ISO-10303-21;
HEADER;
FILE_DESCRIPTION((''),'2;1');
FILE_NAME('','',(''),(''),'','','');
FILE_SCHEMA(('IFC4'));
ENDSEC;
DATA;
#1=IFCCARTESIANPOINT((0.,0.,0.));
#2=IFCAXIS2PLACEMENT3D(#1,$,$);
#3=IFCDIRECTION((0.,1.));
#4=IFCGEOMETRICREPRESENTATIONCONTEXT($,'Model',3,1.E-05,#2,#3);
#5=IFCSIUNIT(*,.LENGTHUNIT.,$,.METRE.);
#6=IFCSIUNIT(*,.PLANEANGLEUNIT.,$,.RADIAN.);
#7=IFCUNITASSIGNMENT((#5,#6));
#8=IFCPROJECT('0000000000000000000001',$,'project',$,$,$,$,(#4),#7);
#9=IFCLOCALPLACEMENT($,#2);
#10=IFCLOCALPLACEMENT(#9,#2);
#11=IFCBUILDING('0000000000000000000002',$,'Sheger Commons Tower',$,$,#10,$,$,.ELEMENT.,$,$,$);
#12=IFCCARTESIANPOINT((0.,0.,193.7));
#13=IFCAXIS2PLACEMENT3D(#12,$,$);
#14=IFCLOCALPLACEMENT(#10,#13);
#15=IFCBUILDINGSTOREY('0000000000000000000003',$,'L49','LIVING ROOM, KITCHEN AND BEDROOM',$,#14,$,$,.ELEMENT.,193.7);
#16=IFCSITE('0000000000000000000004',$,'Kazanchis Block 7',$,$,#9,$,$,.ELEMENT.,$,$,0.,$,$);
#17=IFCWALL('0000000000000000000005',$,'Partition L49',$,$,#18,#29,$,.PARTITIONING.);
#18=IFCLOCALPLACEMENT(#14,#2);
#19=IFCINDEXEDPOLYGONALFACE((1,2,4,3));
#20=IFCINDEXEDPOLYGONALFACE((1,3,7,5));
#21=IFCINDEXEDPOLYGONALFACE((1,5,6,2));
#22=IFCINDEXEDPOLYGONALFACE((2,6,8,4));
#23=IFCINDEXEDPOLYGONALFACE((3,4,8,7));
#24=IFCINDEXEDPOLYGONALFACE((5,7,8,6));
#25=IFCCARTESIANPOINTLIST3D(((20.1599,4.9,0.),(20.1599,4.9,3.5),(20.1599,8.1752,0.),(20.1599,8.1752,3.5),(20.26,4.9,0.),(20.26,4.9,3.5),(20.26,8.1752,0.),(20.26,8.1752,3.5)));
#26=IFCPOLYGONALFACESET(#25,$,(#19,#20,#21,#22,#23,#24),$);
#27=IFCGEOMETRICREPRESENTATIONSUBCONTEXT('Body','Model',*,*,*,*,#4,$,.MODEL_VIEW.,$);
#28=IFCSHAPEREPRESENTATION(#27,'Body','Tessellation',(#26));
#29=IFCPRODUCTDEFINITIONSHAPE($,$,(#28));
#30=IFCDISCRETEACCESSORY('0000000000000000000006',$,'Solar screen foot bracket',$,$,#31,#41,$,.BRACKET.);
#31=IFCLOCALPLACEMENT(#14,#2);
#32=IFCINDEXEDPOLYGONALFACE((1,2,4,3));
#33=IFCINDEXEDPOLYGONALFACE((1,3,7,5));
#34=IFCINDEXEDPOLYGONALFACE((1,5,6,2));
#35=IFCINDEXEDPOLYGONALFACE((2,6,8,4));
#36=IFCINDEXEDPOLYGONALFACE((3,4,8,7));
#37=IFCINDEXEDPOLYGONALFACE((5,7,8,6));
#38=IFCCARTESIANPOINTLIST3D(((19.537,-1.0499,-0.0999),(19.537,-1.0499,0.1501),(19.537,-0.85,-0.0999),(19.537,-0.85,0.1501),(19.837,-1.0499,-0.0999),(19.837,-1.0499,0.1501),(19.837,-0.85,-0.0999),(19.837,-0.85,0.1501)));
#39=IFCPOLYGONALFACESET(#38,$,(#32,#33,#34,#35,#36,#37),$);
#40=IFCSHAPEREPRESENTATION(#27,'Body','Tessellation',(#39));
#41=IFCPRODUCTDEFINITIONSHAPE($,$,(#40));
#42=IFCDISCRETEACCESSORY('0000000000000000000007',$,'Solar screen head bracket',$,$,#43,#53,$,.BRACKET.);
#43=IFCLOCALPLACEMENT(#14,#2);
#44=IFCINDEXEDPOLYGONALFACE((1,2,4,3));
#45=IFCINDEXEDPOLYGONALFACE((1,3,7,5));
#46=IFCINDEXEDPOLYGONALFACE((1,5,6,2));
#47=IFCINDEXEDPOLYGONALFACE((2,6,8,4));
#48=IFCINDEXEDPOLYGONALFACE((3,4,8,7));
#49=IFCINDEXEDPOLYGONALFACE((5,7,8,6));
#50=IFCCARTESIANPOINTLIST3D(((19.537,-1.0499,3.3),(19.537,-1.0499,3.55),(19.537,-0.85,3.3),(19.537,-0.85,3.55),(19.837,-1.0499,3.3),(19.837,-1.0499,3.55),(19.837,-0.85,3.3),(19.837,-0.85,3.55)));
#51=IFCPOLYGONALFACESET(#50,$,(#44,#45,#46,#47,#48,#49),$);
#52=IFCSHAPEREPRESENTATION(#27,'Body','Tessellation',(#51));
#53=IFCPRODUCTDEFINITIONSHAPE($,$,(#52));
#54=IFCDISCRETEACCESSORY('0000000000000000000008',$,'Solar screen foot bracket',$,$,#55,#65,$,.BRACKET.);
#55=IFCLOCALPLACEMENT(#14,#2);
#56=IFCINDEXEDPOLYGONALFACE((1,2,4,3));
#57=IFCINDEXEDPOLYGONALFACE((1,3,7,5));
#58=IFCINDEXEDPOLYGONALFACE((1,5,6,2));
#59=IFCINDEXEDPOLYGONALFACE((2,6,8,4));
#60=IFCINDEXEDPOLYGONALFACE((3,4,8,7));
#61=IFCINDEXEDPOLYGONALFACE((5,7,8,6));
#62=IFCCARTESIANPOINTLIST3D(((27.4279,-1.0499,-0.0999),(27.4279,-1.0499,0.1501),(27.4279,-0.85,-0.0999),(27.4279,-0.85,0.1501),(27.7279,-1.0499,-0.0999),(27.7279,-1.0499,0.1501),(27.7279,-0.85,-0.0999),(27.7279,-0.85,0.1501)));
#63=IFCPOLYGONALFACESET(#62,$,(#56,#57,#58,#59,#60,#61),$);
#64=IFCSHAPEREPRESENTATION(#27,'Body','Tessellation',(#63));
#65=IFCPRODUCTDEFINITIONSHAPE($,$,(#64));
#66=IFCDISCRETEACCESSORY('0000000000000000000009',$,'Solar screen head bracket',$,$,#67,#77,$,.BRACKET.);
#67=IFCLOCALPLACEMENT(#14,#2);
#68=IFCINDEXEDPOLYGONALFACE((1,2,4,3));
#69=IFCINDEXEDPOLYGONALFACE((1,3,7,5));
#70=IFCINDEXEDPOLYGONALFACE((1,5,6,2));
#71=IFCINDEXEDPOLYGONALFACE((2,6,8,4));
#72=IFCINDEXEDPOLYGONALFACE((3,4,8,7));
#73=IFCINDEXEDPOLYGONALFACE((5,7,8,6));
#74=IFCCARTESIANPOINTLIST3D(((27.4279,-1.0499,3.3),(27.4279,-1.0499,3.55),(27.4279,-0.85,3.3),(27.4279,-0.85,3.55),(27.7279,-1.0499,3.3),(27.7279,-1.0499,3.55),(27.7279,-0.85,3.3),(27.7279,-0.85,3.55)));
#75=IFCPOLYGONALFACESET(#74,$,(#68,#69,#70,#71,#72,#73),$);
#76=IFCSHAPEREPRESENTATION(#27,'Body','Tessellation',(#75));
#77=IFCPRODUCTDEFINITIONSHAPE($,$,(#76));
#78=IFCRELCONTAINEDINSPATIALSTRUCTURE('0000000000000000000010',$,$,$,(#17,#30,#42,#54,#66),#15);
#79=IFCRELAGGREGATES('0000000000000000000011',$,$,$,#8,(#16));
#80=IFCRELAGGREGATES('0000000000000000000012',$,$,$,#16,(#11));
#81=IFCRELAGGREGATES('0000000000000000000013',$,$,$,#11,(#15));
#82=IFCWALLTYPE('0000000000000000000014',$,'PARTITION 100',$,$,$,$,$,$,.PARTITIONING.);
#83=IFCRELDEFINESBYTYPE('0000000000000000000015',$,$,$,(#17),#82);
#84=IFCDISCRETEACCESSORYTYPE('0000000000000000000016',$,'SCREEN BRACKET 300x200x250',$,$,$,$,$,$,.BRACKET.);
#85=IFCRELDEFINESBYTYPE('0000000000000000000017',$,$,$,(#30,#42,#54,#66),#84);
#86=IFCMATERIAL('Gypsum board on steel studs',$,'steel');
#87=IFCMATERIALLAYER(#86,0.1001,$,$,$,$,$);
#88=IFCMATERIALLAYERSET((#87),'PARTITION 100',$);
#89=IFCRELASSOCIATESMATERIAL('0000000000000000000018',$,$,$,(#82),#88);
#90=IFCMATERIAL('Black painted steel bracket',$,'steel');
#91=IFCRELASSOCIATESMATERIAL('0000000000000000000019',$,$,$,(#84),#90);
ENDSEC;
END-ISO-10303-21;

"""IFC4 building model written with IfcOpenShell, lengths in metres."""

from ifc_helpers import new_model, si_unit, direction, frame, frame_2d, origin, origin_2d, place, context, subcontext, project, spatial, rectangle, extrude, material, layer, layer_set, type_object, element, save


model = new_model("IFC4")

# Units and contexts
model_context = context("Model", 3, precision=1e-05, world=origin(), true_north=direction((0.0, 1.0)))
body_context = subcontext(model_context, "Body", "Model", "MODEL_VIEW")
ifc_project = project(units=[si_unit("LENGTHUNIT", "METRE"), si_unit("PLANEANGLEUNIT", "RADIAN")], contexts=[model_context])

# Site, building, storey
site_placement = place(None, origin())
site = spatial("IfcSite", under=ifc_project, at=site_placement, Name="Kazanchis Block 7", CompositionType="ELEMENT", RefElevation=0.0)
building_placement = place(site_placement, origin())
building = spatial("IfcBuilding", under=site, at=building_placement, Name="Sheger Commons Tower", CompositionType="ELEMENT")
storey_placement = place(building_placement, frame((0.0, 0.0, 193.7)))
storey = spatial("IfcBuildingStorey", under=building, at=storey_placement, Name="L49", Description="LIVING ROOM, KITCHEN AND BEDROOM", CompositionType="ELEMENT", Elevation=193.7)

# Shared definitions
ifc_material_1 = material(Name="Gypsum board on steel studs", Category="steel")
ifc_layer_1 = layer(ifc_material_1, 0.1001)
ifc_layer_set_1 = layer_set([ifc_layer_1], Name="PARTITION 100")
wall_type = type_object("IfcWallType", Name="PARTITION 100", PredefinedType="PARTITIONING", material=ifc_layer_set_1)

# Wall
wall_1_placement = place(storey_placement, frame((20.21, 4.8999, 0.0), z_axis=(0.0, 0.0, 1.0), x_axis=(0.0, 1.0, 0.0)))
element("IfcWall", 1, at=wall_1_placement, inside=storey, type_object=wall_type, Name="Partition L49", PredefinedType="PARTITIONING", context=body_context, shape_type="SweptSolid", body=[
    extrude(rectangle(XDim=3.2751, YDim=0.1001, at=frame_2d((1.6377, 0.0))), origin(), (0.0, 0.0, 1.0), 3.5),
])

# Discrete accessories
ifc_material_2 = material(Name="Black painted steel bracket", Category="steel")
discrete_accessory_type = type_object("IfcDiscreteAccessoryType", Name="SCREEN BRACKET 300x200x250", PredefinedType="BRACKET", material=ifc_material_2)
for number, where, z_axis, x_axis, name in (
    (2, (19.687, -0.95, -0.0999), (0.0, 0.0, 1.0), (1.0, 0.0, 0.0), "Solar screen foot bracket"),
    (3, (19.687, -0.95, 3.3), (0.0, 0.0, 1.0), (1.0, 0.0, 0.0), "Solar screen head bracket"),
    (4, (27.5779, -0.95, -0.0999), (0.0, 0.0, 1.0), (1.0, 0.0, 0.0), "Solar screen foot bracket"),
    (5, (27.5779, -0.95, 3.3), (0.0, 0.0, 1.0), (1.0, 0.0, 0.0), "Solar screen head bracket"),
):
    element("IfcDiscreteAccessory", number, at=place(storey_placement, frame(where, z_axis=z_axis, x_axis=x_axis)), inside=storey, type_object=discrete_accessory_type, Name=name, PredefinedType="BRACKET", context=body_context, shape_type="SweptSolid", body=[
        extrude(rectangle(XDim=0.3, YDim=0.2, at=origin_2d()), origin(), (0.0, 0.0, 1.0), 0.25),
    ])

save(model, "model.ifc")
